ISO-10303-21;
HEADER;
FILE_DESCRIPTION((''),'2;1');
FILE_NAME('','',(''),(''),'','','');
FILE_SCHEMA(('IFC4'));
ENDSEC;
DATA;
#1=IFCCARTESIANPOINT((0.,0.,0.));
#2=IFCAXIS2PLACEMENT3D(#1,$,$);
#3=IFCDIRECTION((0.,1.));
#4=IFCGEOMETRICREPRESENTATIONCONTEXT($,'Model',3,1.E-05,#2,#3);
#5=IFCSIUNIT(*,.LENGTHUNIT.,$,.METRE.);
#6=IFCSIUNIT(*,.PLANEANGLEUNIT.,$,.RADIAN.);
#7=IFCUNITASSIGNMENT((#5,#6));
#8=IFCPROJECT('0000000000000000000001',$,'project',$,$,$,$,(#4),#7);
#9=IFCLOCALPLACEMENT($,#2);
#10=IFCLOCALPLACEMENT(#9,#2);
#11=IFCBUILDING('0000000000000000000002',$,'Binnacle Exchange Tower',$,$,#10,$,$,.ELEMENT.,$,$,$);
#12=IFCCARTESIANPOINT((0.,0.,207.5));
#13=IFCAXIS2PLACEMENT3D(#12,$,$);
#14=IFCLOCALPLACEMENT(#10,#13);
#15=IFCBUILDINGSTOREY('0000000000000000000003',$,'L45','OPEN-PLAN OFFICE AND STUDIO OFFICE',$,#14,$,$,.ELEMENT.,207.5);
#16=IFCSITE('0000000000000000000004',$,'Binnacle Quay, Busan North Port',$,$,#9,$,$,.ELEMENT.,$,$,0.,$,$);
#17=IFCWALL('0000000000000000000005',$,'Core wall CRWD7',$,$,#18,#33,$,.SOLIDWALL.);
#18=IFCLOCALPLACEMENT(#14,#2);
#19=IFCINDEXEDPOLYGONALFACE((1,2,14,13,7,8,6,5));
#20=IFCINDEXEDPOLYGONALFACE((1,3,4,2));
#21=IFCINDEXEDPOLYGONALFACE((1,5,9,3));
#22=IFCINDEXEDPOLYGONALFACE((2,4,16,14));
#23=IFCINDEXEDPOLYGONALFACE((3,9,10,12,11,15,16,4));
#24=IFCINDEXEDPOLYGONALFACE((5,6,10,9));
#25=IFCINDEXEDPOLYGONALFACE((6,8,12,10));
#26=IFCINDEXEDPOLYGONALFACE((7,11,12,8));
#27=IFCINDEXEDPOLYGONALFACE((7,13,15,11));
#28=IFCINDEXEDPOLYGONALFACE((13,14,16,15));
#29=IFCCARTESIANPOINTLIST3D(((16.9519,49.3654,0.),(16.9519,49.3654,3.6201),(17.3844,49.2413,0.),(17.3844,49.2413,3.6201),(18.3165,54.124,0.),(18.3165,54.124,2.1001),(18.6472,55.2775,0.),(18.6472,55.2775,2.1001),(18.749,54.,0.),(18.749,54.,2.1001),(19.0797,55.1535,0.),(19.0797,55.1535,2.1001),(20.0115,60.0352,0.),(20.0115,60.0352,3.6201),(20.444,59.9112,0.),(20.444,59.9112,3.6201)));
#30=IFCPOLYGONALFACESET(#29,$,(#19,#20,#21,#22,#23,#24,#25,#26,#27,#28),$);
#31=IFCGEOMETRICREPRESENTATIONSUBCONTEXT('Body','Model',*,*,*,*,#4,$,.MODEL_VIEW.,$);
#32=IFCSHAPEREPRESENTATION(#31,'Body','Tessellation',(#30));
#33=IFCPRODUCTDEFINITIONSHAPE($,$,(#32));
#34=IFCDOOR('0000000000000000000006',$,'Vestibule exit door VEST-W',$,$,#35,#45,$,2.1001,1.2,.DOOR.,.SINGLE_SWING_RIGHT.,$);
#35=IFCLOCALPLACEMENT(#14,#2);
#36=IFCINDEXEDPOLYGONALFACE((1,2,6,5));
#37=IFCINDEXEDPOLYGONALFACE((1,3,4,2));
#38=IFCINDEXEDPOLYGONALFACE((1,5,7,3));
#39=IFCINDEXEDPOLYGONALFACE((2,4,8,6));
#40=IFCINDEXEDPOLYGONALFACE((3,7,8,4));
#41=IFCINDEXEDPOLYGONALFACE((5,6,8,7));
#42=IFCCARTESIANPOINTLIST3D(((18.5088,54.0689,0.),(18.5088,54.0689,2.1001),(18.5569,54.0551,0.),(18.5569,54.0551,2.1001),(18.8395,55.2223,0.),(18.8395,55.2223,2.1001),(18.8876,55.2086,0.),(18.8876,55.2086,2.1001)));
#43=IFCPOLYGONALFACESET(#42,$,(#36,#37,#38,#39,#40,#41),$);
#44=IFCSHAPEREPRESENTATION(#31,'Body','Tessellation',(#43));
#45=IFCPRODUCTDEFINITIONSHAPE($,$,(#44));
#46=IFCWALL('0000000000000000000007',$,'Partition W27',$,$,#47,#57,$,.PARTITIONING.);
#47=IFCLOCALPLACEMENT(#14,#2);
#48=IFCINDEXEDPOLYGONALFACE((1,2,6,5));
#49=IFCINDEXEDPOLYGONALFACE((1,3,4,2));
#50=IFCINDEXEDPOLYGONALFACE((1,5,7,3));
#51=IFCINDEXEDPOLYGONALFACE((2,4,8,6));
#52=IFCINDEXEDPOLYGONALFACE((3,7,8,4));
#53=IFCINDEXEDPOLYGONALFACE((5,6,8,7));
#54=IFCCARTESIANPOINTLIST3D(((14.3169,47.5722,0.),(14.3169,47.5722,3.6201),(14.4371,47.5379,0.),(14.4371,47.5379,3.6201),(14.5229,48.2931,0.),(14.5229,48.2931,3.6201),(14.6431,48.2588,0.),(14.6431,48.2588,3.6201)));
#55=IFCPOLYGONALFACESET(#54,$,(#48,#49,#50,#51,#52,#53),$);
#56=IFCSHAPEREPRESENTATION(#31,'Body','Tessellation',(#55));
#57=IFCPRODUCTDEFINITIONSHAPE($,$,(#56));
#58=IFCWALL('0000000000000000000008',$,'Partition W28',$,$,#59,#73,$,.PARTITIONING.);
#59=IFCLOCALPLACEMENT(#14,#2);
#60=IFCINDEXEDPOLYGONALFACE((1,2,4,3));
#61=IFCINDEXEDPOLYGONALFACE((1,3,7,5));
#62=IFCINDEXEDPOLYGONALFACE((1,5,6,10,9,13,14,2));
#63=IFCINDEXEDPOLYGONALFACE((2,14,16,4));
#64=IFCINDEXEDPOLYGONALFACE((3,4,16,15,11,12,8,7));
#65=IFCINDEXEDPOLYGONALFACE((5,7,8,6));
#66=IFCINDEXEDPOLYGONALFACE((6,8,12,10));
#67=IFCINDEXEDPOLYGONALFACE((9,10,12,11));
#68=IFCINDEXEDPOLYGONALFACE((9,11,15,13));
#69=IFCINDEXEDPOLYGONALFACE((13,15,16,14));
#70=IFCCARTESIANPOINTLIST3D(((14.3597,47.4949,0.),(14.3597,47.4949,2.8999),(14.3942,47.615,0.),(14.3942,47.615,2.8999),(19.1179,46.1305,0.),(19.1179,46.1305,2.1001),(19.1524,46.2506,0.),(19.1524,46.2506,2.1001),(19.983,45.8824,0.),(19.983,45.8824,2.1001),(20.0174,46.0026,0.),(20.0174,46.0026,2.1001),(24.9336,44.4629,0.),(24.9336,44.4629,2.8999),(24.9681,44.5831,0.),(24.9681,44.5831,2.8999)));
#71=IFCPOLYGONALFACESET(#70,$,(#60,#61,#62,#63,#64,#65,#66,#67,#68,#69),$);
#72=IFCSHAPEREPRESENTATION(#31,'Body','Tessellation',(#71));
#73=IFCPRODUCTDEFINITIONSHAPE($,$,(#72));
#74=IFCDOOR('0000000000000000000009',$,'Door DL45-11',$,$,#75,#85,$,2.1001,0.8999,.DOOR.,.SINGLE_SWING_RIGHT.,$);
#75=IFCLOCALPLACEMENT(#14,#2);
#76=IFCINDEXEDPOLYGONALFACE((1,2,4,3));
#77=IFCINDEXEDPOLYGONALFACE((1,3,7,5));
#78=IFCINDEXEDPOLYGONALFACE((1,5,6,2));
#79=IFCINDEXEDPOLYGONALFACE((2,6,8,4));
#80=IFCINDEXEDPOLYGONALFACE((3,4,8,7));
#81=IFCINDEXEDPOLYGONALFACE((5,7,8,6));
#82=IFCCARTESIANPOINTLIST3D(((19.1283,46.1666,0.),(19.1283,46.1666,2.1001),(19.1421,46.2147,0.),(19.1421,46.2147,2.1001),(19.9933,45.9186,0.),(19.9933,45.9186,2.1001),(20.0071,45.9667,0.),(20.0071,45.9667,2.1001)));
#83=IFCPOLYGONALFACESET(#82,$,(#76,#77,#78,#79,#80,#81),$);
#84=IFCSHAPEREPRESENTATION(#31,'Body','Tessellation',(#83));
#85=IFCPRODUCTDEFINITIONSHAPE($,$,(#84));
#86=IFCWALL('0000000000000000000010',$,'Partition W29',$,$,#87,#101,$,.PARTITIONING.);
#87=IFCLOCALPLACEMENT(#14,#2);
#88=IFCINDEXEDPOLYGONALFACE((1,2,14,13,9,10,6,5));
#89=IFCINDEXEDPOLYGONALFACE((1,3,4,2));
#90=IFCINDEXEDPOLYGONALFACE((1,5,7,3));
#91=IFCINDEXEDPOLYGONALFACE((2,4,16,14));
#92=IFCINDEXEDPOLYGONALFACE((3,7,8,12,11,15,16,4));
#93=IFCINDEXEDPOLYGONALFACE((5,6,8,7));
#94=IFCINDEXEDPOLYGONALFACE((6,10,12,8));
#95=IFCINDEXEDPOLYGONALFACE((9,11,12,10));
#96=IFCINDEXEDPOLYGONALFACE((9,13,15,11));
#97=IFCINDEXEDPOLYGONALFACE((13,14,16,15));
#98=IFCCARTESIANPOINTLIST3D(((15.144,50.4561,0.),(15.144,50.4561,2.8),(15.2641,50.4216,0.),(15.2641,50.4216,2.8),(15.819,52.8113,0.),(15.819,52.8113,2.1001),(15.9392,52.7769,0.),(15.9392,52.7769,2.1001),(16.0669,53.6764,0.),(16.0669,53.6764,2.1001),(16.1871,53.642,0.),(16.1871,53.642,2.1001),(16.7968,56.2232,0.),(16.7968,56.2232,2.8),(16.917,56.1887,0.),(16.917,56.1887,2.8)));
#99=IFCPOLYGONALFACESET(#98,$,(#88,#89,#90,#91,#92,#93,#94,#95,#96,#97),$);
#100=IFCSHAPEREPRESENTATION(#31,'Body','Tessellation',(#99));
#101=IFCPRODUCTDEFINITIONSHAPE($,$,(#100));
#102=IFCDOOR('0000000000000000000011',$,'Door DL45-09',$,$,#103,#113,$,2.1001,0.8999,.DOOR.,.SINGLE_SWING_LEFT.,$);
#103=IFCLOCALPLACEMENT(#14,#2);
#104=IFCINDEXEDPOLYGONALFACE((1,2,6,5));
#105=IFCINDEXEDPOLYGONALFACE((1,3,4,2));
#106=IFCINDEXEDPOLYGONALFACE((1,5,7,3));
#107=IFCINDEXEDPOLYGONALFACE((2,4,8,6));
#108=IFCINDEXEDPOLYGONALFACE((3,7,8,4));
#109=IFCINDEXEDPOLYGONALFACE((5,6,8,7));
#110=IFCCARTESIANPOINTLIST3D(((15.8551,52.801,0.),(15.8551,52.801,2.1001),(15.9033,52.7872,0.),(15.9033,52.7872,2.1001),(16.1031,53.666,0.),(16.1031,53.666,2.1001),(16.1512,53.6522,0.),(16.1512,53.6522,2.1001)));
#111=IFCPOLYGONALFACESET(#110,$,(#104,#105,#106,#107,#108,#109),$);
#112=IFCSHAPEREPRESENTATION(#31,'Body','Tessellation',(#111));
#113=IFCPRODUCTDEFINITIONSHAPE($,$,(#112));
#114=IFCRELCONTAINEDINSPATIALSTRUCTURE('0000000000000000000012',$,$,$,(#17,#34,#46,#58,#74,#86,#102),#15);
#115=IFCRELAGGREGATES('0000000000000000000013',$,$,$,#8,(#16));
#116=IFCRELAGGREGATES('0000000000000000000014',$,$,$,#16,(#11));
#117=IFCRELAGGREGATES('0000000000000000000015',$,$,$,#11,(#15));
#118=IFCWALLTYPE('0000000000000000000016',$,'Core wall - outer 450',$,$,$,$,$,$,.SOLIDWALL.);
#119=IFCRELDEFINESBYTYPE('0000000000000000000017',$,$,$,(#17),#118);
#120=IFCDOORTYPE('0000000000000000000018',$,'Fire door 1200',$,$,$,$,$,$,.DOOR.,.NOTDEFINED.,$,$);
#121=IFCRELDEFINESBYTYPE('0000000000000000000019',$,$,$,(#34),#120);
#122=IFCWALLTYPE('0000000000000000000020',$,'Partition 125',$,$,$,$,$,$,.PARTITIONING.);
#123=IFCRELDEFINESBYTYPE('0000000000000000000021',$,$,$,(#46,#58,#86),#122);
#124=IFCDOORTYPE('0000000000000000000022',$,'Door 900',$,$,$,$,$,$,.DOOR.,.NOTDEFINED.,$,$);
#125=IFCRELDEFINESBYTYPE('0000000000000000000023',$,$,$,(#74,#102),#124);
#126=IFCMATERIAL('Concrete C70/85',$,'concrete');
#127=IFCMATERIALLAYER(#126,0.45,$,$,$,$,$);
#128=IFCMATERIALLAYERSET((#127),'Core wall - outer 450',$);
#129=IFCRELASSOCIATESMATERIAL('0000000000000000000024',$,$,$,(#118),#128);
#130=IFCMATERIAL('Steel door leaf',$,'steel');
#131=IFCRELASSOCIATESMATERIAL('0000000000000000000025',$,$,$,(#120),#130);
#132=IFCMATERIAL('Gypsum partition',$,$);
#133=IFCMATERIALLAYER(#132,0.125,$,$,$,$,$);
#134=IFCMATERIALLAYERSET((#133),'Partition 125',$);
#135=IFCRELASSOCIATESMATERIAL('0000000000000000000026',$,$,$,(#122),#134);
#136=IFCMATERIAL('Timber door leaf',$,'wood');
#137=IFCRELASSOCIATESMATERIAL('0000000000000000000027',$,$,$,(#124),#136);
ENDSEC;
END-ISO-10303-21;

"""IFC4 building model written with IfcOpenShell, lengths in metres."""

from ifc_helpers import new_model, si_unit, direction, frame, frame_2d, origin, place, context, subcontext, project, spatial, rectangle, extrude, material, layer, layer_set, type_object, element, fill, save


model = new_model("IFC4")

# Units and contexts
model_context = context("Model", 3, precision=1e-05, world=origin(), true_north=direction((0.0, 1.0)))
body_context = subcontext(model_context, "Body", "Model", "MODEL_VIEW")
ifc_project = project(units=[si_unit("LENGTHUNIT", "METRE"), si_unit("PLANEANGLEUNIT", "RADIAN")], contexts=[model_context])

# Site, building, storey
site_placement = place(None, origin())
site = spatial("IfcSite", under=ifc_project, at=site_placement, Name="Binnacle Quay, Busan North Port", CompositionType="ELEMENT", RefElevation=0.0)
building_placement = place(site_placement, origin())
building = spatial("IfcBuilding", under=site, at=building_placement, Name="Binnacle Exchange Tower", CompositionType="ELEMENT")
storey_placement = place(building_placement, frame((0.0, 0.0, 207.5)))
storey = spatial("IfcBuildingStorey", under=building, at=storey_placement, Name="L45", Description="OPEN-PLAN OFFICE AND STUDIO OFFICE", CompositionType="ELEMENT", Elevation=207.5)

# Shared definitions
ifc_material_1 = material(Name="Concrete C70/85", Category="concrete")
ifc_layer_1 = layer(ifc_material_1, 0.45)
ifc_layer_set_1 = layer_set([ifc_layer_1], Name="Core wall - outer 450")
wall_type_1 = type_object("IfcWallType", Name="Core wall - outer 450", PredefinedType="SOLIDWALL", material=ifc_layer_set_1)

# Wall, opening, door
wall_1_placement = place(storey_placement, frame((17.1682, 49.3035, 0.0), z_axis=(0.0, 0.0, 1.0), x_axis=(0.275639, 0.961261, 0.0)))
wall_1 = element("IfcWall", 1, at=wall_1_placement, inside=storey, type_object=wall_type_1, Name="Core wall CRWD7", PredefinedType="SOLIDWALL", context=body_context, shape_type="SweptSolid", body=[
    extrude(rectangle(XDim=11.0999, YDim=0.45, at=frame_2d((5.5498, 0.0))), origin(), (0.0, 0.0, 1.0), 3.6201),
])
opening_1_placement = place(wall_1_placement, frame((4.9502, 0.0, 0.0)))
opening_1 = element("IfcOpeningElement", 2, at=opening_1_placement, cuts=wall_1, PredefinedType="OPENING", context=body_context, shape_type="SweptSolid", body=[
    extrude(rectangle(XDim=1.2, YDim=2.1001, at=frame_2d((0.6001, 1.05))), frame((0.0, 0.2349, 0.0), z_axis=(0.0, -1.0, 0.0), x_axis=(1.0, 0.0, 0.0)), (0.0, 0.0, 1.0), 0.47),
])
ifc_material_2 = material(Name="Steel door leaf", Category="steel")
door_type_1 = type_object("IfcDoorType", Name="Fire door 1200", OperationType="NOTDEFINED", PredefinedType="DOOR", material=ifc_material_2)
door_1_placement = place(opening_1_placement, origin())
door_1 = element("IfcDoor", 3, at=door_1_placement, inside=storey, type_object=door_type_1, Name="Vestibule exit door VEST-W", OperationType="SINGLE_SWING_RIGHT", OverallHeight=2.1001, OverallWidth=1.2, PredefinedType="DOOR", context=body_context, shape_type="SweptSolid", body=[
    extrude(rectangle(XDim=1.2, YDim=2.1001, at=frame_2d((0.6001, 1.05))), frame((0.0, 0.0249, 0.0), z_axis=(0.0, -1.0, 0.0), x_axis=(1.0, 0.0, 0.0)), (0.0, 0.0, 1.0), 0.05),
])
fill(opening_1, door_1)

# Wall
ifc_material_3 = material(Name="Gypsum partition")
ifc_layer_2 = layer(ifc_material_3, 0.125)
ifc_layer_set_2 = layer_set([ifc_layer_2], Name="Partition 125")
wall_type_2 = type_object("IfcWallType", Name="Partition 125", PredefinedType="PARTITIONING", material=ifc_layer_set_2)
wall_2_placement = place(storey_placement, frame((14.377, 47.5549, 0.0), z_axis=(0.0, 0.0, 1.0), x_axis=(0.274807, 0.961499, 0.0)))
element("IfcWall", 4, at=wall_2_placement, inside=storey, type_object=wall_type_2, Name="Partition W27", PredefinedType="PARTITIONING", context=body_context, shape_type="SweptSolid", body=[
    extrude(rectangle(XDim=0.7498, YDim=0.125, at=frame_2d((0.375, 0.0))), origin(), (0.0, 0.0, 1.0), 3.6201),
])

# Walls, openings, doors
wall_3_placement = place(storey_placement, frame((14.377, 47.5549, 0.0), z_axis=(0.0, 0.0, 1.0), x_axis=(0.961263, -0.275633, 0.0)))
wall_3 = element("IfcWall", 5, at=wall_3_placement, inside=storey, type_object=wall_type_2, Name="Partition W28", PredefinedType="PARTITIONING", context=body_context, shape_type="SweptSolid", body=[
    extrude(rectangle(XDim=11.0, YDim=0.125, at=frame_2d((5.5, 0.0))), origin(), (0.0, 0.0, 1.0), 2.8999),
])
opening_2_placement = place(wall_3_placement, frame((4.95, 0.0, 0.0)))
opening_2 = element("IfcOpeningElement", 6, at=opening_2_placement, cuts=wall_3, PredefinedType="OPENING", context=body_context, shape_type="SweptSolid", body=[
    extrude(rectangle(XDim=0.8999, YDim=2.1001, at=frame_2d((0.45, 1.05))), frame((0.0, 0.0725, 0.0), z_axis=(0.0, -1.0, 0.0), x_axis=(1.0, 0.0, 0.0)), (0.0, 0.0, 1.0), 0.145),
])
ifc_material_4 = material(Name="Timber door leaf", Category="wood")
door_type_2 = type_object("IfcDoorType", Name="Door 900", OperationType="NOTDEFINED", PredefinedType="DOOR", material=ifc_material_4)
door_2_placement = place(opening_2_placement, frame((0.8999, 0.0, 0.0), z_axis=(0.0, 0.0, 1.0), x_axis=(-1.0, 0.0, 0.0)))
door_2 = element("IfcDoor", 7, at=door_2_placement, inside=storey, type_object=door_type_2, Name="Door DL45-11", OperationType="SINGLE_SWING_RIGHT", OverallHeight=2.1001, OverallWidth=0.8999, PredefinedType="DOOR", context=body_context, shape_type="SweptSolid", body=[
    extrude(rectangle(XDim=0.8999, YDim=2.1001, at=frame_2d((0.45, 1.05))), frame((0.0, 0.0249, 0.0), z_axis=(0.0, -1.0, 0.0), x_axis=(1.0, 0.0, 0.0)), (0.0, 0.0, 1.0), 0.05),
])
fill(opening_2, door_2)
wall_4_placement = place(storey_placement, frame((15.2041, 50.439, 0.0), z_axis=(0.0, 0.0, 1.0), x_axis=(0.275506, 0.961299, 0.0)))
wall_4 = element("IfcWall", 8, at=wall_4_placement, inside=storey, type_object=wall_type_2, Name="Partition W29", PredefinedType="PARTITIONING", context=body_context, shape_type="SweptSolid", body=[
    extrude(rectangle(XDim=5.9993, YDim=0.125, at=frame_2d((2.9995, 0.0))), origin(), (0.0, 0.0, 1.0), 2.8),
])
opening_3_placement = place(wall_4_placement, frame((2.45, 0.0, 0.0)))
opening_3 = element("IfcOpeningElement", 9, at=opening_3_placement, cuts=wall_4, PredefinedType="OPENING", context=body_context, shape_type="SweptSolid", body=[
    extrude(rectangle(XDim=0.8999, YDim=2.1001, at=frame_2d((0.45, 1.05))), frame((0.0, 0.0725, 0.0), z_axis=(0.0, -1.0, 0.0), x_axis=(1.0, 0.0, 0.0)), (0.0, 0.0, 1.0), 0.145),
])
door_3_placement = place(opening_3_placement, origin())
door_3 = element("IfcDoor", 10, at=door_3_placement, inside=storey, type_object=door_type_2, Name="Door DL45-09", OperationType="SINGLE_SWING_LEFT", OverallHeight=2.1001, OverallWidth=0.8999, PredefinedType="DOOR", context=body_context, shape_type="SweptSolid", body=[
    extrude(rectangle(XDim=0.8999, YDim=2.1001, at=frame_2d((0.45, 1.05))), frame((0.0, 0.0249, 0.0), z_axis=(0.0, -1.0, 0.0), x_axis=(1.0, 0.0, 0.0)), (0.0, 0.0, 1.0), 0.05),
])
fill(opening_3, door_3)

save(model, "model.ifc")
